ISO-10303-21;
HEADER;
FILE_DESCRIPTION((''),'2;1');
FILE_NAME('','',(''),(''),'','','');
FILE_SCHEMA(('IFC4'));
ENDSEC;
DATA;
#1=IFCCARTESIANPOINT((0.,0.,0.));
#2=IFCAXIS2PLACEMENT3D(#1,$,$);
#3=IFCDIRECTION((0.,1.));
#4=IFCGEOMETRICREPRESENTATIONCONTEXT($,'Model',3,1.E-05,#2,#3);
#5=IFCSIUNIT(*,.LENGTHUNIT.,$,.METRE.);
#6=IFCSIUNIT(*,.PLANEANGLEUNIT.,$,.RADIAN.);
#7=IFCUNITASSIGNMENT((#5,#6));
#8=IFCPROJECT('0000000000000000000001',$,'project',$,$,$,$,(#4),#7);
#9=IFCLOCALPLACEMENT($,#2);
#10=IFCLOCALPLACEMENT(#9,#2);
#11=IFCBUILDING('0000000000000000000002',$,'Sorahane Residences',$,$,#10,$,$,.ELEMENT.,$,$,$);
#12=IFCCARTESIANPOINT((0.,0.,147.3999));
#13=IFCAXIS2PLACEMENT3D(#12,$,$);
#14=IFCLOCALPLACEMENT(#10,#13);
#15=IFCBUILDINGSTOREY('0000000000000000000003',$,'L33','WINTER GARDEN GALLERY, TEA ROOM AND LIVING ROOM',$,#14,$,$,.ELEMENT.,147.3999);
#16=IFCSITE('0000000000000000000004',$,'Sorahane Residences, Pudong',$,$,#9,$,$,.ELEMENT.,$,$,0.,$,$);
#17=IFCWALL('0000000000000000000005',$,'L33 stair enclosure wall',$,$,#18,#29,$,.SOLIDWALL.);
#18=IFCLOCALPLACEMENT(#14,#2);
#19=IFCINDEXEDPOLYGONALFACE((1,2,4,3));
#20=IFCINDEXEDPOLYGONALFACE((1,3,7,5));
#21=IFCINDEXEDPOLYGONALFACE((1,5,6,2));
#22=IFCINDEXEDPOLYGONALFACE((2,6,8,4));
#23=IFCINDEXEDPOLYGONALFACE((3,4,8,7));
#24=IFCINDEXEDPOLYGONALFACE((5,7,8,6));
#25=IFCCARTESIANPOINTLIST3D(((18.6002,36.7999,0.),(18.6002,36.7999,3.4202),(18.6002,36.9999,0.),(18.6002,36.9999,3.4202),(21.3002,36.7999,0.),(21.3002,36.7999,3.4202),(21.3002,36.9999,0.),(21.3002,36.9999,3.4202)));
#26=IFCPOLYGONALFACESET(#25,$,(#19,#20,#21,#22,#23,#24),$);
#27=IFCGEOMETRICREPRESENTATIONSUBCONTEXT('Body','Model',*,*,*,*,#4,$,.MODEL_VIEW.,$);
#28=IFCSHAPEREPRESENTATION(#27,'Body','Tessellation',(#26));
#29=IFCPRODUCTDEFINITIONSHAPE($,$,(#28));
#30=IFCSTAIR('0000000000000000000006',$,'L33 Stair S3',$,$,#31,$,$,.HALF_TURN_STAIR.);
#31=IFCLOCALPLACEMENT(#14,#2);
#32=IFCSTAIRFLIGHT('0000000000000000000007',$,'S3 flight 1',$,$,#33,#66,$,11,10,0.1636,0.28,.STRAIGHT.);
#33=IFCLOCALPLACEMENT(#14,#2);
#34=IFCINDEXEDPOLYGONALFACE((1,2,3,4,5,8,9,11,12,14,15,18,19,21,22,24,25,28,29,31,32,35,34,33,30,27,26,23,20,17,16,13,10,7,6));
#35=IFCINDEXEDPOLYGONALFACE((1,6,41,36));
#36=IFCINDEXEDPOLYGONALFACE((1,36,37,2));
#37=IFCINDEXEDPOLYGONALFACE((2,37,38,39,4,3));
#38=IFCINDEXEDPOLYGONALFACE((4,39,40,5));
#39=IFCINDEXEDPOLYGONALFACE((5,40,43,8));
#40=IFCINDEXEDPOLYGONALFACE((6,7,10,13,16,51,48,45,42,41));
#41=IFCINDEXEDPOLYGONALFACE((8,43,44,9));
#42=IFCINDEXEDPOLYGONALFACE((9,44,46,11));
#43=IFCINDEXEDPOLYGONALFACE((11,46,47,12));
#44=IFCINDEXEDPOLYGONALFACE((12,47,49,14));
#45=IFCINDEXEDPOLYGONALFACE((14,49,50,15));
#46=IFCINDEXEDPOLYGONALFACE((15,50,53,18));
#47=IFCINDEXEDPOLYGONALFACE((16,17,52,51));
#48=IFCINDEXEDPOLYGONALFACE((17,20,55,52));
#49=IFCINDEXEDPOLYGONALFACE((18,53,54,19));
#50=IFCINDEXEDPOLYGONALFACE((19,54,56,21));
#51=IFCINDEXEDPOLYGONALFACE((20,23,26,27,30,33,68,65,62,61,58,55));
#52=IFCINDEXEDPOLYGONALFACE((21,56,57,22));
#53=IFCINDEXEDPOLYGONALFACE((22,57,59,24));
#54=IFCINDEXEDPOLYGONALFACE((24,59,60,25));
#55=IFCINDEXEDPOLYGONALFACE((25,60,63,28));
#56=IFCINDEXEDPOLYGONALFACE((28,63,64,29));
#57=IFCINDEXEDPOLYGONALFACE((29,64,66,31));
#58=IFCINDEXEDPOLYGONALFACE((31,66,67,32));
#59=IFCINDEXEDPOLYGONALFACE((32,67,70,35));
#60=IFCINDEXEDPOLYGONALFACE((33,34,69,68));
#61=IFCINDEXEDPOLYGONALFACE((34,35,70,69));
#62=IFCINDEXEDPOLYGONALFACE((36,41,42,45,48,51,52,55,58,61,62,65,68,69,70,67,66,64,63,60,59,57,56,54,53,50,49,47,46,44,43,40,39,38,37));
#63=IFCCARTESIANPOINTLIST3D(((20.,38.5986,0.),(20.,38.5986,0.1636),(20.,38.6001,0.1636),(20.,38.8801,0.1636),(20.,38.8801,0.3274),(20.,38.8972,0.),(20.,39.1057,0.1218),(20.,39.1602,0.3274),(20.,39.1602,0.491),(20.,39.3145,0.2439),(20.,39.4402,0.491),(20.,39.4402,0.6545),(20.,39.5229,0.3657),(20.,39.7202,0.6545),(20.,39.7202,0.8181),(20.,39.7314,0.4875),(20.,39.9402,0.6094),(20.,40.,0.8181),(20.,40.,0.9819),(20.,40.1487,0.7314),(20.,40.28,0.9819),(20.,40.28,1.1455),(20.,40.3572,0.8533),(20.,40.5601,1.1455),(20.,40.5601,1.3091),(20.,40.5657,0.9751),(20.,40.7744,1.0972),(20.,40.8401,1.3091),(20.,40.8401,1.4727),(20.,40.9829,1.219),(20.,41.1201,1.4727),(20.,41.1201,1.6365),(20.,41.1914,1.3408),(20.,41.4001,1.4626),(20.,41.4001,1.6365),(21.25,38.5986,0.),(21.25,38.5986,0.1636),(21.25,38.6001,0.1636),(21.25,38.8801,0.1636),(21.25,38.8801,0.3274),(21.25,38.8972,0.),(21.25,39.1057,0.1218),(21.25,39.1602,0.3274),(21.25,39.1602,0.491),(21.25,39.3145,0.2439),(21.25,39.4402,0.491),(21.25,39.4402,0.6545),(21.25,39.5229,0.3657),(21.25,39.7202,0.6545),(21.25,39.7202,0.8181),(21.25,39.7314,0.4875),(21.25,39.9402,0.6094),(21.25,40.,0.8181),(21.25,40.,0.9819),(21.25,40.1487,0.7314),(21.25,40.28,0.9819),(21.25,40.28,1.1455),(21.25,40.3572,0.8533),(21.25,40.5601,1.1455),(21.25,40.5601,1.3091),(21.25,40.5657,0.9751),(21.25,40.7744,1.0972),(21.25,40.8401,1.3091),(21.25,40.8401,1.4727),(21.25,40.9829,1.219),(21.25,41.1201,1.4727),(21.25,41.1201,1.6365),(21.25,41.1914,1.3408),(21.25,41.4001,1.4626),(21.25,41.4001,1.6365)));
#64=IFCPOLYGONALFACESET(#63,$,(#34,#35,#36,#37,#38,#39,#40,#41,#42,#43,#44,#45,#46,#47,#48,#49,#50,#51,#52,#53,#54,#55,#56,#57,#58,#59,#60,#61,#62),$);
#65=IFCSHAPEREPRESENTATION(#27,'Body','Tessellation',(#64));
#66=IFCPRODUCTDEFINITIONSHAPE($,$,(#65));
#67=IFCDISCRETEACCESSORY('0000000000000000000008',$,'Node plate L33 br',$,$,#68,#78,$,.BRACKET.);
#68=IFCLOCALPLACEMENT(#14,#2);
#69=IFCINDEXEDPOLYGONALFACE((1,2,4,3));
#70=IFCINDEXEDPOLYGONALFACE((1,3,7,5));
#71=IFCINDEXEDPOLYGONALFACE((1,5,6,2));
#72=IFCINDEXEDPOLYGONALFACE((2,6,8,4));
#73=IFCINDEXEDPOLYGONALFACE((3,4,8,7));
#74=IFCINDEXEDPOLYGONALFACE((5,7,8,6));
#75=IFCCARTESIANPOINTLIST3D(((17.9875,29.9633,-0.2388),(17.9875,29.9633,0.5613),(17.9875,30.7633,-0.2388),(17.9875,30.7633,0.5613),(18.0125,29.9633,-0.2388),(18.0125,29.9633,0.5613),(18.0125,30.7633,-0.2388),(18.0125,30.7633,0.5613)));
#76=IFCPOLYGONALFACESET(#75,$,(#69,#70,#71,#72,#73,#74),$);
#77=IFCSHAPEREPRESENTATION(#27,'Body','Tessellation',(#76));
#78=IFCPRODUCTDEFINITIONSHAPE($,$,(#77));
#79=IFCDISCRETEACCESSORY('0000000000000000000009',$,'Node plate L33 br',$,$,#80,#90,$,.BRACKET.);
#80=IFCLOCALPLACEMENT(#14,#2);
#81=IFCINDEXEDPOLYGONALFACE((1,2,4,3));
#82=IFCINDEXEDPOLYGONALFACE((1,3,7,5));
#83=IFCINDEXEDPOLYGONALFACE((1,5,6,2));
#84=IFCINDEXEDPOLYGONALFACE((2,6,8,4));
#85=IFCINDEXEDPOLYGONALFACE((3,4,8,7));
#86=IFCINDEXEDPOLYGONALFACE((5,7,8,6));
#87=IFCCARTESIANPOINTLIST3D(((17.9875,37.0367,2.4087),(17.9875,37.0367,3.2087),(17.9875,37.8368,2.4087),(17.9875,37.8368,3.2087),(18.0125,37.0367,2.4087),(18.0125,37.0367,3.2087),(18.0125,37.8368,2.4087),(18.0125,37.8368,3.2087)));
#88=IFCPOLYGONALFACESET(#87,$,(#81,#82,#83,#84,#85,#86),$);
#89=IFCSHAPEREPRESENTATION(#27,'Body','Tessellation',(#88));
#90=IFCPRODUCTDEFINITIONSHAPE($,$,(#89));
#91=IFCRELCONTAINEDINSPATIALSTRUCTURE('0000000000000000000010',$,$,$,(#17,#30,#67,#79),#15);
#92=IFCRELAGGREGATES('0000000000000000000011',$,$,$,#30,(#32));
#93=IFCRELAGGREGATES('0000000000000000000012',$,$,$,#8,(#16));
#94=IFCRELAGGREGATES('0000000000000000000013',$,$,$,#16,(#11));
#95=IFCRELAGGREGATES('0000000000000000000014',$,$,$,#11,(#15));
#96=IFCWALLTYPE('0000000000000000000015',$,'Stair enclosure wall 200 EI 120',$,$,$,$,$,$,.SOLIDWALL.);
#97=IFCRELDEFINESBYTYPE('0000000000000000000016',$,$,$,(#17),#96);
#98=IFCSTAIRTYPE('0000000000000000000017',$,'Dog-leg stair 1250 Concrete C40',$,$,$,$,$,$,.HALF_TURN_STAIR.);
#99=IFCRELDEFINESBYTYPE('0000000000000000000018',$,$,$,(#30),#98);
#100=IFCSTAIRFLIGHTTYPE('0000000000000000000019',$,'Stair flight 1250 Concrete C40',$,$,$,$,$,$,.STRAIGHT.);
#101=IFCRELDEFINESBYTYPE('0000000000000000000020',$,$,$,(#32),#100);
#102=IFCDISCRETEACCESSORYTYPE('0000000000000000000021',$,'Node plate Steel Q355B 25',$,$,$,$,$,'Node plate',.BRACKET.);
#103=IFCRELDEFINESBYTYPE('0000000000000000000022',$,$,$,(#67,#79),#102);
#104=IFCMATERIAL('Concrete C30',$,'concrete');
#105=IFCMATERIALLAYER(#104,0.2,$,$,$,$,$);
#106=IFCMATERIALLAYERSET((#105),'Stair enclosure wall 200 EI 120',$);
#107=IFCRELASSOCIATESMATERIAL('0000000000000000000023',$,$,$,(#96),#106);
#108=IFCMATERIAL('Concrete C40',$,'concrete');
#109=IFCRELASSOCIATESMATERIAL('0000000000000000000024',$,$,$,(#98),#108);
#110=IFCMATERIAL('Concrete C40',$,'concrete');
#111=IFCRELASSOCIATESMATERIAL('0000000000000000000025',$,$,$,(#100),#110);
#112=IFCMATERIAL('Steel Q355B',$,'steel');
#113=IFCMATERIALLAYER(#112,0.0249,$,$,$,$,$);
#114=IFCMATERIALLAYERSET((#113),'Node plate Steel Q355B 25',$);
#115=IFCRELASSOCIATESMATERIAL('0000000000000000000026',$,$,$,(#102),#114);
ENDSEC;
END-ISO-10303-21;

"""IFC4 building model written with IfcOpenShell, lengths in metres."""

from ifc_helpers import new_model, si_unit, direction, frame, frame_2d, origin, origin_2d, place, context, subcontext, project, spatial, polyline, rectangle, outline, extrude, material, layer, layer_set, type_object, element, aggregate, save


model = new_model("IFC4")

# Units and contexts
model_context = context("Model", 3, precision=1e-05, world=origin(), true_north=direction((0.0, 1.0)))
body_context = subcontext(model_context, "Body", "Model", "MODEL_VIEW")
ifc_project = project(units=[si_unit("LENGTHUNIT", "METRE"), si_unit("PLANEANGLEUNIT", "RADIAN")], contexts=[model_context])

# Site, building, storey
site_placement = place(None, origin())
site = spatial("IfcSite", under=ifc_project, at=site_placement, Name="Sorahane Residences, Pudong", CompositionType="ELEMENT", RefElevation=0.0)
building_placement = place(site_placement, origin())
building = spatial("IfcBuilding", under=site, at=building_placement, Name="Sorahane Residences", CompositionType="ELEMENT")
storey_placement = place(building_placement, frame((0.0, 0.0, 147.3999)))
storey = spatial("IfcBuildingStorey", under=building, at=storey_placement, Name="L33", Description="WINTER GARDEN GALLERY, TEA ROOM AND LIVING ROOM", CompositionType="ELEMENT", Elevation=147.3999)

# Shared definitions
ifc_material_1 = material(Name="Concrete C30", Category="concrete")
ifc_layer_1 = layer(ifc_material_1, 0.2)
ifc_layer_set_1 = layer_set([ifc_layer_1], Name="Stair enclosure wall 200 EI 120")
wall_type_1 = type_object("IfcWallType", Name="Stair enclosure wall 200 EI 120", PredefinedType="SOLIDWALL", material=ifc_layer_set_1)

# Wall
wall_1_placement = place(storey_placement, frame((18.6001, 36.8999, 0.0), z_axis=(0.0, 0.0, 1.0), x_axis=(1.0, 0.0, 0.0)))
element("IfcWall", 1, at=wall_1_placement, inside=storey, type_object=wall_type_1, Name="L33 stair enclosure wall", PredefinedType="SOLIDWALL", context=body_context, shape_type="SweptSolid", body=[
    extrude(rectangle(XDim=2.7, YDim=0.2, at=frame_2d((1.3501, 0.0))), origin(), (0.0, 0.0, 1.0), 3.4202),
])

# Stair, stair flight
ifc_material_2 = material(Name="Concrete C40", Category="concrete")
stair_type = type_object("IfcStairType", Name="Dog-leg stair 1250 Concrete C40", PredefinedType="HALF_TURN_STAIR", material=ifc_material_2)
stair_placement = place(storey_placement, origin())
stair = element("IfcStair", 2, at=stair_placement, inside=storey, type_object=stair_type, Name="L33 Stair S3", PredefinedType="HALF_TURN_STAIR")
ifc_material_3 = material(Name="Concrete C40", Category="concrete")
stair_flight_type = type_object("IfcStairFlightType", Name="Stair flight 1250 Concrete C40", PredefinedType="STRAIGHT", material=ifc_material_3)
stair_flight_placement = place(storey_placement, frame((20.625, 38.6001, 0.0), z_axis=(0.0, 0.0, 1.0), x_axis=(0.0, 1.0, 0.0)))
stair_flight = element("IfcStairFlight", 3, at=stair_flight_placement, type_object=stair_flight_type, Name="S3 flight 1", NumberOfRisers=11, NumberOfTreads=10, PredefinedType="STRAIGHT", RiserHeight=0.1636, TreadLength=0.28, context=body_context, shape_type="SweptSolid", body=[
    extrude(outline(polyline([(-0.0015, 0.0), (-0.0015, 0.1636), (0.0, 0.1636), (0.28, 0.1636), (0.28, 0.3274), (0.5601, 0.3274), (0.5601, 0.491), (0.8401, 0.491), (0.8401, 0.6545), (1.1201, 0.6545), (1.1201, 0.8181), (1.3999, 0.8181), (1.3999, 0.9819), (1.6799, 0.9819), (1.6799, 1.1455), (1.96, 1.1455), (1.96, 1.3091), (2.24, 1.3091), (2.24, 1.4727), (2.52, 1.4727), (2.52, 1.6365), (2.8, 1.6365), (2.8, 1.8), (2.8, 1.4626), (2.5913, 1.3408), (2.3828, 1.219), (2.1743, 1.0972), (1.9656, 0.9751), (1.7571, 0.8533), (1.5486, 0.7314), (1.3401, 0.6094), (1.1313, 0.4875), (0.9229, 0.3657), (0.7144, 0.2439), (0.5056, 0.1218), (0.2971, 0.0), (-0.0015, 0.0)])), frame((0.0, 0.625, 0.0), z_axis=(0.0, -1.0, 0.0), x_axis=(1.0, 0.0, 0.0)), (0.0, 0.0, 1.0), 1.25),
])
aggregate(stair, [stair_flight])

# Discrete accessories
ifc_material_4 = material(Name="Steel Q355B", Category="steel")
ifc_layer_2 = layer(ifc_material_4, 0.0249)
ifc_layer_set_2 = layer_set([ifc_layer_2], Name="Node plate Steel Q355B 25")
discrete_accessory_type = type_object("IfcDiscreteAccessoryType", Name="Node plate Steel Q355B 25", ElementType="Node plate", PredefinedType="BRACKET", material=ifc_layer_set_2)
for number, where, z_axis, x_axis, name in (
    (4, (18.0, 30.3633, -0.2388), (0.0, 0.0, 1.0), (0.0, 1.0, 0.0), "Node plate L33 br"),
    (5, (18.0, 37.4368, 2.4087), (0.0, 0.0, 1.0), (0.0, 1.0, 0.0), "Node plate L33 br"),
):
    element("IfcDiscreteAccessory", number, at=place(storey_placement, frame(where, z_axis=z_axis, x_axis=x_axis)), inside=storey, type_object=discrete_accessory_type, Name=name, PredefinedType="BRACKET", context=body_context, shape_type="SweptSolid", body=[
        extrude(rectangle(XDim=0.8, YDim=0.0249, at=origin_2d()), origin(), (0.0, 0.0, 1.0), 0.8),
    ])

save(model, "model.ifc")
